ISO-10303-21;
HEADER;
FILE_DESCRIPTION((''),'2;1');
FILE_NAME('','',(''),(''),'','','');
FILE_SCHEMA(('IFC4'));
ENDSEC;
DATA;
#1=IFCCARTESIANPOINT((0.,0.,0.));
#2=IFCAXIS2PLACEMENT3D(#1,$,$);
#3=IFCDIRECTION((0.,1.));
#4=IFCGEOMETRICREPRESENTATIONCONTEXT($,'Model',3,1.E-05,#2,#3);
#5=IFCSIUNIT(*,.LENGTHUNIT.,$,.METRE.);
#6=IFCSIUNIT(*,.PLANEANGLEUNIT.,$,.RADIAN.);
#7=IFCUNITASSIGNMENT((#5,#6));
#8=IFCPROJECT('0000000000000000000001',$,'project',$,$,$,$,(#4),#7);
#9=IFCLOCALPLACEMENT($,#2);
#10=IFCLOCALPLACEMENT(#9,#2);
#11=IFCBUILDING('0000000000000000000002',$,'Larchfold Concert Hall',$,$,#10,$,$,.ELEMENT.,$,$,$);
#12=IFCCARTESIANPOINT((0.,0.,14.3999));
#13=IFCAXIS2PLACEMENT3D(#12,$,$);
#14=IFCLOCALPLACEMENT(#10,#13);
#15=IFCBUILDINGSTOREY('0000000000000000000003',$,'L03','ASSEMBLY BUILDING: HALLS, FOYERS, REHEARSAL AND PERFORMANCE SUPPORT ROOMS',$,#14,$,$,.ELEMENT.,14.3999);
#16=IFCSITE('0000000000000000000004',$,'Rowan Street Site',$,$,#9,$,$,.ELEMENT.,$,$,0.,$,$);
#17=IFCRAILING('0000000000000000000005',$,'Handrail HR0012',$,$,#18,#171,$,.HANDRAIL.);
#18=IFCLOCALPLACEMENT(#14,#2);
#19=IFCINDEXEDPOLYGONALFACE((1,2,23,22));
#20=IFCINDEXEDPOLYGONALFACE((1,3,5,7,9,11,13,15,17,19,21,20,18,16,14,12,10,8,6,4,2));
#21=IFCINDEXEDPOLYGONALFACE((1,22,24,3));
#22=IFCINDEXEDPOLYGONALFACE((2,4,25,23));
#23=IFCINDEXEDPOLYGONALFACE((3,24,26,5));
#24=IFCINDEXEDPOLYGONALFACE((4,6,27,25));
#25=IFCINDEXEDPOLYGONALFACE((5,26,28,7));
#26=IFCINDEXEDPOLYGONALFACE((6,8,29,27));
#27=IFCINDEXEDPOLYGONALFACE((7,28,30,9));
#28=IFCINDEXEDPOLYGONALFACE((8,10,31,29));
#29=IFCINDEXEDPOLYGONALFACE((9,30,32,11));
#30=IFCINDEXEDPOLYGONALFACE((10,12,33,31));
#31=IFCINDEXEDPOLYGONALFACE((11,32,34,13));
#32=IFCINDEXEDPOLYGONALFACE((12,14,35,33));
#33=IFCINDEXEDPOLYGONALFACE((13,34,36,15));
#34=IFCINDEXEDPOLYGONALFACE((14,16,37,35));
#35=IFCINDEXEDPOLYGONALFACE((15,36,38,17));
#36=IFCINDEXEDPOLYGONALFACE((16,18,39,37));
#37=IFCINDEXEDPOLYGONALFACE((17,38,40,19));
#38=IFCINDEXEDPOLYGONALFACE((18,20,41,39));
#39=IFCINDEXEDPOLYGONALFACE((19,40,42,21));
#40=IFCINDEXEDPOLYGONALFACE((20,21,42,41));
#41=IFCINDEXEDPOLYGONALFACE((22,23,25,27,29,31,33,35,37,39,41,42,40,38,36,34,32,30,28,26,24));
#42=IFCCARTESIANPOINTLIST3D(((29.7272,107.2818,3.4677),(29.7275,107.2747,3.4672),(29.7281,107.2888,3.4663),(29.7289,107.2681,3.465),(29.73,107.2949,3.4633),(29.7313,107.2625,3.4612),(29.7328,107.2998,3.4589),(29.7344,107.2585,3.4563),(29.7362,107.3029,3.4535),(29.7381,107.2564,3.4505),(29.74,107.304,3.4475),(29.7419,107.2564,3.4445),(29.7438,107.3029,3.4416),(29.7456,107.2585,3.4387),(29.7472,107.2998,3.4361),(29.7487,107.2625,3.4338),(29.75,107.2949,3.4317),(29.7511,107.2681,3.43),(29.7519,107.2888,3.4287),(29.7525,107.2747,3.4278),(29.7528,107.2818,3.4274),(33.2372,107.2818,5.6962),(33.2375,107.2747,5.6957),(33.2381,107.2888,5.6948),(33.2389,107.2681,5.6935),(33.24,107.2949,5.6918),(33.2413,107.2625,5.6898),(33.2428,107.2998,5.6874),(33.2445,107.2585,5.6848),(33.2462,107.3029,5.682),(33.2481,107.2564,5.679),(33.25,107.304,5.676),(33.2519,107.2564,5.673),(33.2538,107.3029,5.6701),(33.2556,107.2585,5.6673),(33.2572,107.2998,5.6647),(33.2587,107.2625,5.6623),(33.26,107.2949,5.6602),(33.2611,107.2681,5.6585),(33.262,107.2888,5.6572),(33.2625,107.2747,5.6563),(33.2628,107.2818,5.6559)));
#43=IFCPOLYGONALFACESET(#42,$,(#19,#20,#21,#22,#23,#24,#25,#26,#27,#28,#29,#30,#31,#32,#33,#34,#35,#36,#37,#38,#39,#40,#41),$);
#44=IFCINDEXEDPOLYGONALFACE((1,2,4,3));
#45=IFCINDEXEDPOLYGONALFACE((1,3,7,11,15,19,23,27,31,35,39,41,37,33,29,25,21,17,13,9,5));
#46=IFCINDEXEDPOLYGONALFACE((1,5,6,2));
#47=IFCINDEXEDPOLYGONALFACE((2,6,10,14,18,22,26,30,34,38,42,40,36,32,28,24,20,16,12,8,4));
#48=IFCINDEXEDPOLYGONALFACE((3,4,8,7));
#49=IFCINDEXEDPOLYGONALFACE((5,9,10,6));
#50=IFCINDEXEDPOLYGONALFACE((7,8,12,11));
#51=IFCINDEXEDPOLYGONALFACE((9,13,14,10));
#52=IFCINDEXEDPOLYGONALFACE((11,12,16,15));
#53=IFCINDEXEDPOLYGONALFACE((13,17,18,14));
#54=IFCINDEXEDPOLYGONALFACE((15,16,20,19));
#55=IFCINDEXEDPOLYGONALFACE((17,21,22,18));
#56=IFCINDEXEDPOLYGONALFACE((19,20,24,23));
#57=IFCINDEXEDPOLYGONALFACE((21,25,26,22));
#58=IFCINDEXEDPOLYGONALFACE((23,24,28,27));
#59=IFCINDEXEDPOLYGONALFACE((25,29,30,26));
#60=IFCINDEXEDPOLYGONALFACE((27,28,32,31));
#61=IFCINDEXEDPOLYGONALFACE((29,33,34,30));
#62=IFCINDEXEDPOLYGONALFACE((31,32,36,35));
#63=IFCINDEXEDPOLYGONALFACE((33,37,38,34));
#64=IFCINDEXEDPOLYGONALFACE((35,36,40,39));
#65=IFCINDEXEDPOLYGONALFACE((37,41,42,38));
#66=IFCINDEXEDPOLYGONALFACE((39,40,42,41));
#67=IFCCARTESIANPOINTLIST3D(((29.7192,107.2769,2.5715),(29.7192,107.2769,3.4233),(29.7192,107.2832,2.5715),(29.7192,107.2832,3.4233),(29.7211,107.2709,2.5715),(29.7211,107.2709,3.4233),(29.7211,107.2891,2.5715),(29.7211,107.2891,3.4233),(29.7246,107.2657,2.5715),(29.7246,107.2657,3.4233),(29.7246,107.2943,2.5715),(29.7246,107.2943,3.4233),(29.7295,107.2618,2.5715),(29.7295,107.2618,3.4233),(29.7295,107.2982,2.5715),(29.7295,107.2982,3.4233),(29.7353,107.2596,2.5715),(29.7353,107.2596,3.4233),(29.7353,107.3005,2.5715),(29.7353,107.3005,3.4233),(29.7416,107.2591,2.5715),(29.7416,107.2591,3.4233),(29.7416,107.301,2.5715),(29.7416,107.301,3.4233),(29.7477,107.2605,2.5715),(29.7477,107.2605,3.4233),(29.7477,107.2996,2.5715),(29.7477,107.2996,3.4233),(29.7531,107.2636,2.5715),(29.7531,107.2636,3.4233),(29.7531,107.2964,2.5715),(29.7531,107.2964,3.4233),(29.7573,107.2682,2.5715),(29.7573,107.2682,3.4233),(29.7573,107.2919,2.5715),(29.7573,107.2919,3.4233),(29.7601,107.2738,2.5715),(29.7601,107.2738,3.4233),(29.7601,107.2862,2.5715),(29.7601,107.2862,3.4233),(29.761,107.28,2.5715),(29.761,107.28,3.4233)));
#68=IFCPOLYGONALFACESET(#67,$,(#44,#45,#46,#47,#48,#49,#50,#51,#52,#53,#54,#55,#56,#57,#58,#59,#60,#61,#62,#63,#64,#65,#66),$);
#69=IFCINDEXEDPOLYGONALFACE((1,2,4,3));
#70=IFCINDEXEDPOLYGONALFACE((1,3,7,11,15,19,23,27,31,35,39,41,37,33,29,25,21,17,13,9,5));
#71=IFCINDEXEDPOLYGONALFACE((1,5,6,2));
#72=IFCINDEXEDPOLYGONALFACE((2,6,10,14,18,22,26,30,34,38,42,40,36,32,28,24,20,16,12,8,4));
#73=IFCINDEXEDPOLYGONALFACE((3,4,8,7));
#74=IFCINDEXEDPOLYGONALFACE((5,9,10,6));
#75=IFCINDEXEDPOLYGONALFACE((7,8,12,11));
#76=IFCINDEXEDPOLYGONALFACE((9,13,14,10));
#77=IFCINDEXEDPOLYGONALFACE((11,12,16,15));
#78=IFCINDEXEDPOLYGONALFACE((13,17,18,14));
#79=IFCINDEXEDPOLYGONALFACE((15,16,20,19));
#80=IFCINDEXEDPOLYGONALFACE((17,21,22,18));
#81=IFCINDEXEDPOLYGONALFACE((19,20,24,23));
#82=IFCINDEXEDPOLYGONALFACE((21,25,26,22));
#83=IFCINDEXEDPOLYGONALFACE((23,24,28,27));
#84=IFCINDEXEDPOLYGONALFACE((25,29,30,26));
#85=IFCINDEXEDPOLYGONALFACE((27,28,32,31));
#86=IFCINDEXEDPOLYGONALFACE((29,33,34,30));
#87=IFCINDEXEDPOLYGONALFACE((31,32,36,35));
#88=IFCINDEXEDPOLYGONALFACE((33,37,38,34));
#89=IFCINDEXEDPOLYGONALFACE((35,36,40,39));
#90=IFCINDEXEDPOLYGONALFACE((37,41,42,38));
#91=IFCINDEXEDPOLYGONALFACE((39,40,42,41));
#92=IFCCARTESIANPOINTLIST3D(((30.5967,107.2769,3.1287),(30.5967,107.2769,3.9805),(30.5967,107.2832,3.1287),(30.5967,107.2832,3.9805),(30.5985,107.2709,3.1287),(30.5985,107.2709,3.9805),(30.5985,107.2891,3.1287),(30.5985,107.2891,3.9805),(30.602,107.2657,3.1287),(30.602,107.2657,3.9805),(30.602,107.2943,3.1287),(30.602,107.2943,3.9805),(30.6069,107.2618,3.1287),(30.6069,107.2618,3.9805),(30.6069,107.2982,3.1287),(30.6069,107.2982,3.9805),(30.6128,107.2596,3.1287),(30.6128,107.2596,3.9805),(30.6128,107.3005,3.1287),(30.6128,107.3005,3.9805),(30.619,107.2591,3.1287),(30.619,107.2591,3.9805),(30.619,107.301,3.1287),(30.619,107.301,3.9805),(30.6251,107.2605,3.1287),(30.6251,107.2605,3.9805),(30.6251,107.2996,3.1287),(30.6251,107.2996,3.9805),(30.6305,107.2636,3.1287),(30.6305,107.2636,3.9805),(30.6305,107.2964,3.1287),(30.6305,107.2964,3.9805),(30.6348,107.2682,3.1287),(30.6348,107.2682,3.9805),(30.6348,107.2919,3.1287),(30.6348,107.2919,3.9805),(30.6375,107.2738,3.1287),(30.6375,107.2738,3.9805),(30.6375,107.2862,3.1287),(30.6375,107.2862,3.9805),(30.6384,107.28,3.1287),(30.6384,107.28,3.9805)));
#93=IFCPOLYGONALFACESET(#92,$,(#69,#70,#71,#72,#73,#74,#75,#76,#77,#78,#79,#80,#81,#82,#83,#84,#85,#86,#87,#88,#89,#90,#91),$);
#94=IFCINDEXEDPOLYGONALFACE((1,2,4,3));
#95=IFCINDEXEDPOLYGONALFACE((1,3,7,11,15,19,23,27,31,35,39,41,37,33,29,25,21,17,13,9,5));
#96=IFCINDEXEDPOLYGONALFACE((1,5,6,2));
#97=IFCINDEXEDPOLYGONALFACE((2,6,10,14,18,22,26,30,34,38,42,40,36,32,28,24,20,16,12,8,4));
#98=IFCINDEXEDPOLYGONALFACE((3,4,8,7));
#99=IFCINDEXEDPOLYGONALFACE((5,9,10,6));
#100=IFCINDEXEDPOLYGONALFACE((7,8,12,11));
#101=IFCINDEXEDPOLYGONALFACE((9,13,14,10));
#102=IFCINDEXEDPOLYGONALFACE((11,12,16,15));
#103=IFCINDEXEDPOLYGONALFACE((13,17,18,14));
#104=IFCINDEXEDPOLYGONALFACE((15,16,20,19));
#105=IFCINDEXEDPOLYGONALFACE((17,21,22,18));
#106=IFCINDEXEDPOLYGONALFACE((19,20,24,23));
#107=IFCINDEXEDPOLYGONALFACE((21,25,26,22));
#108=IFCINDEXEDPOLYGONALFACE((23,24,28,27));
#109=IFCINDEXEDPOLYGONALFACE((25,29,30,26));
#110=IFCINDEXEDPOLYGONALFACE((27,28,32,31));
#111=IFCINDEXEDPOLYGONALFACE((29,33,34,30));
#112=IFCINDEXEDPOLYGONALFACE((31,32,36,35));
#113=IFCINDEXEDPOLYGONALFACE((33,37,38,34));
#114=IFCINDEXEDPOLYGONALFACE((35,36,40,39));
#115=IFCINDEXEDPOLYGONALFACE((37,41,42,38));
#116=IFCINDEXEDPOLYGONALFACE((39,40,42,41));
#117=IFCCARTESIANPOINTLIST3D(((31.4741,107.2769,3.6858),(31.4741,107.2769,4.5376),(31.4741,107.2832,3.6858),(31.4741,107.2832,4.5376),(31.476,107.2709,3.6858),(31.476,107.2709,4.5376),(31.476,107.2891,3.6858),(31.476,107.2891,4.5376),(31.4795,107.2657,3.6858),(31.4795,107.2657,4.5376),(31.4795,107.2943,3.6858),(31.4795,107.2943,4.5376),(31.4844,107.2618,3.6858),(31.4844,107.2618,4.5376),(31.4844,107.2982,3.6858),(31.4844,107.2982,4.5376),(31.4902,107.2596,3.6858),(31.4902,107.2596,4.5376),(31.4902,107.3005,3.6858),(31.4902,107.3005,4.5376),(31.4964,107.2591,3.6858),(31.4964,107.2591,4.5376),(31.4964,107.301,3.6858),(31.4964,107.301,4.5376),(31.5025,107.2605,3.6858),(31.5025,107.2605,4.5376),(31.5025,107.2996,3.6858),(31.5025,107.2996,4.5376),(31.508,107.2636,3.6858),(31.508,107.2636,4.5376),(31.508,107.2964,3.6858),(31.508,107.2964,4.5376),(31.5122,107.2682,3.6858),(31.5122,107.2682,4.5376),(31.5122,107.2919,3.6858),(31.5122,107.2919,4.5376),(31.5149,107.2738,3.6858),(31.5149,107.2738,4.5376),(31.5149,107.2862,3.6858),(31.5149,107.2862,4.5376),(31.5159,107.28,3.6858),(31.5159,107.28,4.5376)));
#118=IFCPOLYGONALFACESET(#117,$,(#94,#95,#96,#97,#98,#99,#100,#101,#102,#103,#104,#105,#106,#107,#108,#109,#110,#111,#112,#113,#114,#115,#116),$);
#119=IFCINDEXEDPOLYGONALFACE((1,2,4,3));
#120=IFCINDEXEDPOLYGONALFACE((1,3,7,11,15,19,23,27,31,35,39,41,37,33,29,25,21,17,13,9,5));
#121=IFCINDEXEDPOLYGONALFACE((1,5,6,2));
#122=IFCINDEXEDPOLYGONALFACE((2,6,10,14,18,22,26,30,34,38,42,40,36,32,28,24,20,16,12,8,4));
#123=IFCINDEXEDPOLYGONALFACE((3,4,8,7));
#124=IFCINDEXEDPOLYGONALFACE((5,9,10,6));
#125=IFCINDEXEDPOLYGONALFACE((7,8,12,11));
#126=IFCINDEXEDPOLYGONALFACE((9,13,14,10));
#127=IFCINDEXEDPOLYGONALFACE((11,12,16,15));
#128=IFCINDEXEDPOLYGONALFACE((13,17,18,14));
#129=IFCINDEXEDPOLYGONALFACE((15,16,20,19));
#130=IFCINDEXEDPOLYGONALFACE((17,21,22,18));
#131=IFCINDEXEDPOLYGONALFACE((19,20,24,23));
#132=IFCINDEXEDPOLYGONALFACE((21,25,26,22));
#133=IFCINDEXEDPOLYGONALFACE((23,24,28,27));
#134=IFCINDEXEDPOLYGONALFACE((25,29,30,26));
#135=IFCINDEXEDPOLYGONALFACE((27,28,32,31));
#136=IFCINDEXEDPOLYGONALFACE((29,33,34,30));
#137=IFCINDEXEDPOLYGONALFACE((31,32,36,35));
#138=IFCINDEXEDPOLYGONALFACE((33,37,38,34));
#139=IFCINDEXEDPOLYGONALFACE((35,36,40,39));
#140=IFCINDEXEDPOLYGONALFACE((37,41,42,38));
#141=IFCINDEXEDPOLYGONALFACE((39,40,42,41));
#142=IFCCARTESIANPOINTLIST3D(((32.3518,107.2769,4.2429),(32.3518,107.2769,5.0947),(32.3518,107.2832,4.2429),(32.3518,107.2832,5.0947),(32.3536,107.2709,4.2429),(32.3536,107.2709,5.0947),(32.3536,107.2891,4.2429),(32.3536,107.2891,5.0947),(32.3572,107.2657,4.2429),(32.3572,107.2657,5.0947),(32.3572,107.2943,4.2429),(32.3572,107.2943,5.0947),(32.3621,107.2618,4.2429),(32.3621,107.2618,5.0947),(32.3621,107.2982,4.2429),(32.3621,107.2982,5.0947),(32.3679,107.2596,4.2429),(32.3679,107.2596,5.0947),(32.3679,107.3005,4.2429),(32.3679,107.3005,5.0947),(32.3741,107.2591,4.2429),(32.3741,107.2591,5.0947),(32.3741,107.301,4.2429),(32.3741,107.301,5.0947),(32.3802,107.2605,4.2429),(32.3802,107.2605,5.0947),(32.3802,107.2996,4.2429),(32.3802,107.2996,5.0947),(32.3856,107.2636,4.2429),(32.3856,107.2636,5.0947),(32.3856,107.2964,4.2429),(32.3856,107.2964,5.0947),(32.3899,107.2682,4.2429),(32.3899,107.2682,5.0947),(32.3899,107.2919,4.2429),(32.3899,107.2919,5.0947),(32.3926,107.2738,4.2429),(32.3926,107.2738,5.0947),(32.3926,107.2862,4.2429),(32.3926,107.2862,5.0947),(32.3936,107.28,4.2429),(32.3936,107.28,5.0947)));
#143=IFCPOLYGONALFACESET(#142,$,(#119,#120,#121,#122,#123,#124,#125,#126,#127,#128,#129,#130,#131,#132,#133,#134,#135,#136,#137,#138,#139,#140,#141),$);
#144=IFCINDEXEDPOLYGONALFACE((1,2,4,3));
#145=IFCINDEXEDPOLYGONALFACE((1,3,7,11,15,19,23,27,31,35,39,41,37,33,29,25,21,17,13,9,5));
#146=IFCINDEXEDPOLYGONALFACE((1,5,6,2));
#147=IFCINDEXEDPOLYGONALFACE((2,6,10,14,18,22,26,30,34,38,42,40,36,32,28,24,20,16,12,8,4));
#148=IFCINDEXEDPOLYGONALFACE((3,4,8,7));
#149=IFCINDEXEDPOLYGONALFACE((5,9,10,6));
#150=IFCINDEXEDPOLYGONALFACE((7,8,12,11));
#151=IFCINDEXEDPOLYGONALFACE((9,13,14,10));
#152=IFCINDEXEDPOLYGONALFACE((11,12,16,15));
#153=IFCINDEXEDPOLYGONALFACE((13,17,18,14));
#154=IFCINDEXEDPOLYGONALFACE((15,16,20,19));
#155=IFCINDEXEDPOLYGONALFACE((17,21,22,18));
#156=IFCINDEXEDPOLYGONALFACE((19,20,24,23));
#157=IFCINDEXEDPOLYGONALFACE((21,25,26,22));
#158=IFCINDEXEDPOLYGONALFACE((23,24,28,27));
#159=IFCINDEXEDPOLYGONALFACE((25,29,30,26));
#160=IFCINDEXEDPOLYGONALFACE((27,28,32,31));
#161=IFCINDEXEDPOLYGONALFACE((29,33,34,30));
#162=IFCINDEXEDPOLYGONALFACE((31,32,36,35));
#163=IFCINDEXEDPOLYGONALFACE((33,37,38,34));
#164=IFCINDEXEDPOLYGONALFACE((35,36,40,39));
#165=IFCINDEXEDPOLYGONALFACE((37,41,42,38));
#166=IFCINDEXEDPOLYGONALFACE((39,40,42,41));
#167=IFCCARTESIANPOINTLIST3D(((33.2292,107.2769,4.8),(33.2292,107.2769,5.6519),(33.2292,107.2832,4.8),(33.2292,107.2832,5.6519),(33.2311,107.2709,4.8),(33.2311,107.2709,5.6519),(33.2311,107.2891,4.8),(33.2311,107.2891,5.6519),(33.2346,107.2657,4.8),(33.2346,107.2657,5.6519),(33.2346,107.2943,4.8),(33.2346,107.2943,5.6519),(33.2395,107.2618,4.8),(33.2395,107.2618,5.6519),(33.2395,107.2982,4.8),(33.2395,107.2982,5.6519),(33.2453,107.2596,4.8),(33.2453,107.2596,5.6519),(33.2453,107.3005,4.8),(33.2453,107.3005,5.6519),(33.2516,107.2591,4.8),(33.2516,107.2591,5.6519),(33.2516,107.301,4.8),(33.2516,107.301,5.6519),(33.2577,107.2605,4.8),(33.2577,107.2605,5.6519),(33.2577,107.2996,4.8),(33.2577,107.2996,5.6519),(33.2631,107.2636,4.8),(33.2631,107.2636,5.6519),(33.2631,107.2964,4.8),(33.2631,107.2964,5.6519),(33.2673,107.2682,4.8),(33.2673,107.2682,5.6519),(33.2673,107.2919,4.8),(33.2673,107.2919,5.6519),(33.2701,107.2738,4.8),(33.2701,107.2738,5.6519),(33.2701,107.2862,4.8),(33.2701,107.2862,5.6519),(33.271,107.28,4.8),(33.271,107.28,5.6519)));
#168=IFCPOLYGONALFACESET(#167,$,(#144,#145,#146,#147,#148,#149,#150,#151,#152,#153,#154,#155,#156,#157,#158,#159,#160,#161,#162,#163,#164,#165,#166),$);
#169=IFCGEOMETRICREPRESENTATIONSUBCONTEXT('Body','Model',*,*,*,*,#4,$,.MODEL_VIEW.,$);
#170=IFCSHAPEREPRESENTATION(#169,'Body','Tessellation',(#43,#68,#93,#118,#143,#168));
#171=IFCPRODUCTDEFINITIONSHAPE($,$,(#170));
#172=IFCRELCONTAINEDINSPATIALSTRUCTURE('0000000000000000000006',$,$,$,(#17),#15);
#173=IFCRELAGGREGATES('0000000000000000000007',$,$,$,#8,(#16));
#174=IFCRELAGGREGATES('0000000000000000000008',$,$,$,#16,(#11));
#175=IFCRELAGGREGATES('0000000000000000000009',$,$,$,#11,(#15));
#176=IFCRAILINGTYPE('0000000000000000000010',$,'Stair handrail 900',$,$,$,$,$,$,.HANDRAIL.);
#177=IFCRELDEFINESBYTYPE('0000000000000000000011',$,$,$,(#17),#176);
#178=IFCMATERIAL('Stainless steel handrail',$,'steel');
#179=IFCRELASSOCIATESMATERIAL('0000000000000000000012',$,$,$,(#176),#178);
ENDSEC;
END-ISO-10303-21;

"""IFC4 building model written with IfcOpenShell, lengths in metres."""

from ifc_helpers import new_model, si_unit, direction, frame, origin, origin_2d, place, context, subcontext, project, spatial, circle, extrude, material, type_object, element, save


model = new_model("IFC4")

# Units and contexts
model_context = context("Model", 3, precision=1e-05, world=origin(), true_north=direction((0.0, 1.0)))
body_context = subcontext(model_context, "Body", "Model", "MODEL_VIEW")
ifc_project = project(units=[si_unit("LENGTHUNIT", "METRE"), si_unit("PLANEANGLEUNIT", "RADIAN")], contexts=[model_context])

# Site, building, storey
site_placement = place(None, origin())
site = spatial("IfcSite", under=ifc_project, at=site_placement, Name="Rowan Street Site", CompositionType="ELEMENT", RefElevation=0.0)
building_placement = place(site_placement, origin())
building = spatial("IfcBuilding", under=site, at=building_placement, Name="Larchfold Concert Hall", CompositionType="ELEMENT")
storey_placement = place(building_placement, frame((0.0, 0.0, 14.3999)))
storey = spatial("IfcBuildingStorey", under=building, at=storey_placement, Name="L03", Description="ASSEMBLY BUILDING: HALLS, FOYERS, REHEARSAL AND PERFORMANCE SUPPORT ROOMS", CompositionType="ELEMENT", Elevation=14.3999)

# Railing
ifc_material_1 = material(Name="Stainless steel handrail", Category="steel")
railing_type_1 = type_object("IfcRailingType", Name="Stair handrail 900", PredefinedType="HANDRAIL", material=ifc_material_1)
for number, where, name in (
    (1, (29.74, 107.28, 2.5715), "Handrail HR0012"),
):
    element("IfcRailing", number, at=place(storey_placement, frame(where)), inside=storey, type_object=railing_type_1, Name=name, PredefinedType="HANDRAIL", context=body_context, shape_type="SweptSolid", body=[
        extrude(circle(Radius=0.0239, at=origin_2d()), frame((0.0, 0.0, 0.876), z_axis=(0.84422, 0.0, 0.535998), x_axis=(0.0, 1.0, 0.0)), (0.0, 0.0, 1.0), 4.1577),
        extrude(circle(Radius=0.021, at=origin_2d()), origin(), (0.0, 0.0, 1.0), 0.8518),
        extrude(circle(Radius=0.021, at=origin_2d()), frame((0.8774, 0.0, 0.5571)), (0.0, 0.0, 1.0), 0.8518),
        extrude(circle(Radius=0.021, at=origin_2d()), frame((1.7549, 0.0, 1.1143)), (0.0, 0.0, 1.0), 0.8518),
        extrude(circle(Radius=0.021, at=origin_2d()), frame((2.6326, 0.0, 1.6714)), (0.0, 0.0, 1.0), 0.8518),
        extrude(circle(Radius=0.021, at=origin_2d()), frame((3.51, 0.0, 2.2285)), (0.0, 0.0, 1.0), 0.8518),
    ])

save(model, "model.ifc")
